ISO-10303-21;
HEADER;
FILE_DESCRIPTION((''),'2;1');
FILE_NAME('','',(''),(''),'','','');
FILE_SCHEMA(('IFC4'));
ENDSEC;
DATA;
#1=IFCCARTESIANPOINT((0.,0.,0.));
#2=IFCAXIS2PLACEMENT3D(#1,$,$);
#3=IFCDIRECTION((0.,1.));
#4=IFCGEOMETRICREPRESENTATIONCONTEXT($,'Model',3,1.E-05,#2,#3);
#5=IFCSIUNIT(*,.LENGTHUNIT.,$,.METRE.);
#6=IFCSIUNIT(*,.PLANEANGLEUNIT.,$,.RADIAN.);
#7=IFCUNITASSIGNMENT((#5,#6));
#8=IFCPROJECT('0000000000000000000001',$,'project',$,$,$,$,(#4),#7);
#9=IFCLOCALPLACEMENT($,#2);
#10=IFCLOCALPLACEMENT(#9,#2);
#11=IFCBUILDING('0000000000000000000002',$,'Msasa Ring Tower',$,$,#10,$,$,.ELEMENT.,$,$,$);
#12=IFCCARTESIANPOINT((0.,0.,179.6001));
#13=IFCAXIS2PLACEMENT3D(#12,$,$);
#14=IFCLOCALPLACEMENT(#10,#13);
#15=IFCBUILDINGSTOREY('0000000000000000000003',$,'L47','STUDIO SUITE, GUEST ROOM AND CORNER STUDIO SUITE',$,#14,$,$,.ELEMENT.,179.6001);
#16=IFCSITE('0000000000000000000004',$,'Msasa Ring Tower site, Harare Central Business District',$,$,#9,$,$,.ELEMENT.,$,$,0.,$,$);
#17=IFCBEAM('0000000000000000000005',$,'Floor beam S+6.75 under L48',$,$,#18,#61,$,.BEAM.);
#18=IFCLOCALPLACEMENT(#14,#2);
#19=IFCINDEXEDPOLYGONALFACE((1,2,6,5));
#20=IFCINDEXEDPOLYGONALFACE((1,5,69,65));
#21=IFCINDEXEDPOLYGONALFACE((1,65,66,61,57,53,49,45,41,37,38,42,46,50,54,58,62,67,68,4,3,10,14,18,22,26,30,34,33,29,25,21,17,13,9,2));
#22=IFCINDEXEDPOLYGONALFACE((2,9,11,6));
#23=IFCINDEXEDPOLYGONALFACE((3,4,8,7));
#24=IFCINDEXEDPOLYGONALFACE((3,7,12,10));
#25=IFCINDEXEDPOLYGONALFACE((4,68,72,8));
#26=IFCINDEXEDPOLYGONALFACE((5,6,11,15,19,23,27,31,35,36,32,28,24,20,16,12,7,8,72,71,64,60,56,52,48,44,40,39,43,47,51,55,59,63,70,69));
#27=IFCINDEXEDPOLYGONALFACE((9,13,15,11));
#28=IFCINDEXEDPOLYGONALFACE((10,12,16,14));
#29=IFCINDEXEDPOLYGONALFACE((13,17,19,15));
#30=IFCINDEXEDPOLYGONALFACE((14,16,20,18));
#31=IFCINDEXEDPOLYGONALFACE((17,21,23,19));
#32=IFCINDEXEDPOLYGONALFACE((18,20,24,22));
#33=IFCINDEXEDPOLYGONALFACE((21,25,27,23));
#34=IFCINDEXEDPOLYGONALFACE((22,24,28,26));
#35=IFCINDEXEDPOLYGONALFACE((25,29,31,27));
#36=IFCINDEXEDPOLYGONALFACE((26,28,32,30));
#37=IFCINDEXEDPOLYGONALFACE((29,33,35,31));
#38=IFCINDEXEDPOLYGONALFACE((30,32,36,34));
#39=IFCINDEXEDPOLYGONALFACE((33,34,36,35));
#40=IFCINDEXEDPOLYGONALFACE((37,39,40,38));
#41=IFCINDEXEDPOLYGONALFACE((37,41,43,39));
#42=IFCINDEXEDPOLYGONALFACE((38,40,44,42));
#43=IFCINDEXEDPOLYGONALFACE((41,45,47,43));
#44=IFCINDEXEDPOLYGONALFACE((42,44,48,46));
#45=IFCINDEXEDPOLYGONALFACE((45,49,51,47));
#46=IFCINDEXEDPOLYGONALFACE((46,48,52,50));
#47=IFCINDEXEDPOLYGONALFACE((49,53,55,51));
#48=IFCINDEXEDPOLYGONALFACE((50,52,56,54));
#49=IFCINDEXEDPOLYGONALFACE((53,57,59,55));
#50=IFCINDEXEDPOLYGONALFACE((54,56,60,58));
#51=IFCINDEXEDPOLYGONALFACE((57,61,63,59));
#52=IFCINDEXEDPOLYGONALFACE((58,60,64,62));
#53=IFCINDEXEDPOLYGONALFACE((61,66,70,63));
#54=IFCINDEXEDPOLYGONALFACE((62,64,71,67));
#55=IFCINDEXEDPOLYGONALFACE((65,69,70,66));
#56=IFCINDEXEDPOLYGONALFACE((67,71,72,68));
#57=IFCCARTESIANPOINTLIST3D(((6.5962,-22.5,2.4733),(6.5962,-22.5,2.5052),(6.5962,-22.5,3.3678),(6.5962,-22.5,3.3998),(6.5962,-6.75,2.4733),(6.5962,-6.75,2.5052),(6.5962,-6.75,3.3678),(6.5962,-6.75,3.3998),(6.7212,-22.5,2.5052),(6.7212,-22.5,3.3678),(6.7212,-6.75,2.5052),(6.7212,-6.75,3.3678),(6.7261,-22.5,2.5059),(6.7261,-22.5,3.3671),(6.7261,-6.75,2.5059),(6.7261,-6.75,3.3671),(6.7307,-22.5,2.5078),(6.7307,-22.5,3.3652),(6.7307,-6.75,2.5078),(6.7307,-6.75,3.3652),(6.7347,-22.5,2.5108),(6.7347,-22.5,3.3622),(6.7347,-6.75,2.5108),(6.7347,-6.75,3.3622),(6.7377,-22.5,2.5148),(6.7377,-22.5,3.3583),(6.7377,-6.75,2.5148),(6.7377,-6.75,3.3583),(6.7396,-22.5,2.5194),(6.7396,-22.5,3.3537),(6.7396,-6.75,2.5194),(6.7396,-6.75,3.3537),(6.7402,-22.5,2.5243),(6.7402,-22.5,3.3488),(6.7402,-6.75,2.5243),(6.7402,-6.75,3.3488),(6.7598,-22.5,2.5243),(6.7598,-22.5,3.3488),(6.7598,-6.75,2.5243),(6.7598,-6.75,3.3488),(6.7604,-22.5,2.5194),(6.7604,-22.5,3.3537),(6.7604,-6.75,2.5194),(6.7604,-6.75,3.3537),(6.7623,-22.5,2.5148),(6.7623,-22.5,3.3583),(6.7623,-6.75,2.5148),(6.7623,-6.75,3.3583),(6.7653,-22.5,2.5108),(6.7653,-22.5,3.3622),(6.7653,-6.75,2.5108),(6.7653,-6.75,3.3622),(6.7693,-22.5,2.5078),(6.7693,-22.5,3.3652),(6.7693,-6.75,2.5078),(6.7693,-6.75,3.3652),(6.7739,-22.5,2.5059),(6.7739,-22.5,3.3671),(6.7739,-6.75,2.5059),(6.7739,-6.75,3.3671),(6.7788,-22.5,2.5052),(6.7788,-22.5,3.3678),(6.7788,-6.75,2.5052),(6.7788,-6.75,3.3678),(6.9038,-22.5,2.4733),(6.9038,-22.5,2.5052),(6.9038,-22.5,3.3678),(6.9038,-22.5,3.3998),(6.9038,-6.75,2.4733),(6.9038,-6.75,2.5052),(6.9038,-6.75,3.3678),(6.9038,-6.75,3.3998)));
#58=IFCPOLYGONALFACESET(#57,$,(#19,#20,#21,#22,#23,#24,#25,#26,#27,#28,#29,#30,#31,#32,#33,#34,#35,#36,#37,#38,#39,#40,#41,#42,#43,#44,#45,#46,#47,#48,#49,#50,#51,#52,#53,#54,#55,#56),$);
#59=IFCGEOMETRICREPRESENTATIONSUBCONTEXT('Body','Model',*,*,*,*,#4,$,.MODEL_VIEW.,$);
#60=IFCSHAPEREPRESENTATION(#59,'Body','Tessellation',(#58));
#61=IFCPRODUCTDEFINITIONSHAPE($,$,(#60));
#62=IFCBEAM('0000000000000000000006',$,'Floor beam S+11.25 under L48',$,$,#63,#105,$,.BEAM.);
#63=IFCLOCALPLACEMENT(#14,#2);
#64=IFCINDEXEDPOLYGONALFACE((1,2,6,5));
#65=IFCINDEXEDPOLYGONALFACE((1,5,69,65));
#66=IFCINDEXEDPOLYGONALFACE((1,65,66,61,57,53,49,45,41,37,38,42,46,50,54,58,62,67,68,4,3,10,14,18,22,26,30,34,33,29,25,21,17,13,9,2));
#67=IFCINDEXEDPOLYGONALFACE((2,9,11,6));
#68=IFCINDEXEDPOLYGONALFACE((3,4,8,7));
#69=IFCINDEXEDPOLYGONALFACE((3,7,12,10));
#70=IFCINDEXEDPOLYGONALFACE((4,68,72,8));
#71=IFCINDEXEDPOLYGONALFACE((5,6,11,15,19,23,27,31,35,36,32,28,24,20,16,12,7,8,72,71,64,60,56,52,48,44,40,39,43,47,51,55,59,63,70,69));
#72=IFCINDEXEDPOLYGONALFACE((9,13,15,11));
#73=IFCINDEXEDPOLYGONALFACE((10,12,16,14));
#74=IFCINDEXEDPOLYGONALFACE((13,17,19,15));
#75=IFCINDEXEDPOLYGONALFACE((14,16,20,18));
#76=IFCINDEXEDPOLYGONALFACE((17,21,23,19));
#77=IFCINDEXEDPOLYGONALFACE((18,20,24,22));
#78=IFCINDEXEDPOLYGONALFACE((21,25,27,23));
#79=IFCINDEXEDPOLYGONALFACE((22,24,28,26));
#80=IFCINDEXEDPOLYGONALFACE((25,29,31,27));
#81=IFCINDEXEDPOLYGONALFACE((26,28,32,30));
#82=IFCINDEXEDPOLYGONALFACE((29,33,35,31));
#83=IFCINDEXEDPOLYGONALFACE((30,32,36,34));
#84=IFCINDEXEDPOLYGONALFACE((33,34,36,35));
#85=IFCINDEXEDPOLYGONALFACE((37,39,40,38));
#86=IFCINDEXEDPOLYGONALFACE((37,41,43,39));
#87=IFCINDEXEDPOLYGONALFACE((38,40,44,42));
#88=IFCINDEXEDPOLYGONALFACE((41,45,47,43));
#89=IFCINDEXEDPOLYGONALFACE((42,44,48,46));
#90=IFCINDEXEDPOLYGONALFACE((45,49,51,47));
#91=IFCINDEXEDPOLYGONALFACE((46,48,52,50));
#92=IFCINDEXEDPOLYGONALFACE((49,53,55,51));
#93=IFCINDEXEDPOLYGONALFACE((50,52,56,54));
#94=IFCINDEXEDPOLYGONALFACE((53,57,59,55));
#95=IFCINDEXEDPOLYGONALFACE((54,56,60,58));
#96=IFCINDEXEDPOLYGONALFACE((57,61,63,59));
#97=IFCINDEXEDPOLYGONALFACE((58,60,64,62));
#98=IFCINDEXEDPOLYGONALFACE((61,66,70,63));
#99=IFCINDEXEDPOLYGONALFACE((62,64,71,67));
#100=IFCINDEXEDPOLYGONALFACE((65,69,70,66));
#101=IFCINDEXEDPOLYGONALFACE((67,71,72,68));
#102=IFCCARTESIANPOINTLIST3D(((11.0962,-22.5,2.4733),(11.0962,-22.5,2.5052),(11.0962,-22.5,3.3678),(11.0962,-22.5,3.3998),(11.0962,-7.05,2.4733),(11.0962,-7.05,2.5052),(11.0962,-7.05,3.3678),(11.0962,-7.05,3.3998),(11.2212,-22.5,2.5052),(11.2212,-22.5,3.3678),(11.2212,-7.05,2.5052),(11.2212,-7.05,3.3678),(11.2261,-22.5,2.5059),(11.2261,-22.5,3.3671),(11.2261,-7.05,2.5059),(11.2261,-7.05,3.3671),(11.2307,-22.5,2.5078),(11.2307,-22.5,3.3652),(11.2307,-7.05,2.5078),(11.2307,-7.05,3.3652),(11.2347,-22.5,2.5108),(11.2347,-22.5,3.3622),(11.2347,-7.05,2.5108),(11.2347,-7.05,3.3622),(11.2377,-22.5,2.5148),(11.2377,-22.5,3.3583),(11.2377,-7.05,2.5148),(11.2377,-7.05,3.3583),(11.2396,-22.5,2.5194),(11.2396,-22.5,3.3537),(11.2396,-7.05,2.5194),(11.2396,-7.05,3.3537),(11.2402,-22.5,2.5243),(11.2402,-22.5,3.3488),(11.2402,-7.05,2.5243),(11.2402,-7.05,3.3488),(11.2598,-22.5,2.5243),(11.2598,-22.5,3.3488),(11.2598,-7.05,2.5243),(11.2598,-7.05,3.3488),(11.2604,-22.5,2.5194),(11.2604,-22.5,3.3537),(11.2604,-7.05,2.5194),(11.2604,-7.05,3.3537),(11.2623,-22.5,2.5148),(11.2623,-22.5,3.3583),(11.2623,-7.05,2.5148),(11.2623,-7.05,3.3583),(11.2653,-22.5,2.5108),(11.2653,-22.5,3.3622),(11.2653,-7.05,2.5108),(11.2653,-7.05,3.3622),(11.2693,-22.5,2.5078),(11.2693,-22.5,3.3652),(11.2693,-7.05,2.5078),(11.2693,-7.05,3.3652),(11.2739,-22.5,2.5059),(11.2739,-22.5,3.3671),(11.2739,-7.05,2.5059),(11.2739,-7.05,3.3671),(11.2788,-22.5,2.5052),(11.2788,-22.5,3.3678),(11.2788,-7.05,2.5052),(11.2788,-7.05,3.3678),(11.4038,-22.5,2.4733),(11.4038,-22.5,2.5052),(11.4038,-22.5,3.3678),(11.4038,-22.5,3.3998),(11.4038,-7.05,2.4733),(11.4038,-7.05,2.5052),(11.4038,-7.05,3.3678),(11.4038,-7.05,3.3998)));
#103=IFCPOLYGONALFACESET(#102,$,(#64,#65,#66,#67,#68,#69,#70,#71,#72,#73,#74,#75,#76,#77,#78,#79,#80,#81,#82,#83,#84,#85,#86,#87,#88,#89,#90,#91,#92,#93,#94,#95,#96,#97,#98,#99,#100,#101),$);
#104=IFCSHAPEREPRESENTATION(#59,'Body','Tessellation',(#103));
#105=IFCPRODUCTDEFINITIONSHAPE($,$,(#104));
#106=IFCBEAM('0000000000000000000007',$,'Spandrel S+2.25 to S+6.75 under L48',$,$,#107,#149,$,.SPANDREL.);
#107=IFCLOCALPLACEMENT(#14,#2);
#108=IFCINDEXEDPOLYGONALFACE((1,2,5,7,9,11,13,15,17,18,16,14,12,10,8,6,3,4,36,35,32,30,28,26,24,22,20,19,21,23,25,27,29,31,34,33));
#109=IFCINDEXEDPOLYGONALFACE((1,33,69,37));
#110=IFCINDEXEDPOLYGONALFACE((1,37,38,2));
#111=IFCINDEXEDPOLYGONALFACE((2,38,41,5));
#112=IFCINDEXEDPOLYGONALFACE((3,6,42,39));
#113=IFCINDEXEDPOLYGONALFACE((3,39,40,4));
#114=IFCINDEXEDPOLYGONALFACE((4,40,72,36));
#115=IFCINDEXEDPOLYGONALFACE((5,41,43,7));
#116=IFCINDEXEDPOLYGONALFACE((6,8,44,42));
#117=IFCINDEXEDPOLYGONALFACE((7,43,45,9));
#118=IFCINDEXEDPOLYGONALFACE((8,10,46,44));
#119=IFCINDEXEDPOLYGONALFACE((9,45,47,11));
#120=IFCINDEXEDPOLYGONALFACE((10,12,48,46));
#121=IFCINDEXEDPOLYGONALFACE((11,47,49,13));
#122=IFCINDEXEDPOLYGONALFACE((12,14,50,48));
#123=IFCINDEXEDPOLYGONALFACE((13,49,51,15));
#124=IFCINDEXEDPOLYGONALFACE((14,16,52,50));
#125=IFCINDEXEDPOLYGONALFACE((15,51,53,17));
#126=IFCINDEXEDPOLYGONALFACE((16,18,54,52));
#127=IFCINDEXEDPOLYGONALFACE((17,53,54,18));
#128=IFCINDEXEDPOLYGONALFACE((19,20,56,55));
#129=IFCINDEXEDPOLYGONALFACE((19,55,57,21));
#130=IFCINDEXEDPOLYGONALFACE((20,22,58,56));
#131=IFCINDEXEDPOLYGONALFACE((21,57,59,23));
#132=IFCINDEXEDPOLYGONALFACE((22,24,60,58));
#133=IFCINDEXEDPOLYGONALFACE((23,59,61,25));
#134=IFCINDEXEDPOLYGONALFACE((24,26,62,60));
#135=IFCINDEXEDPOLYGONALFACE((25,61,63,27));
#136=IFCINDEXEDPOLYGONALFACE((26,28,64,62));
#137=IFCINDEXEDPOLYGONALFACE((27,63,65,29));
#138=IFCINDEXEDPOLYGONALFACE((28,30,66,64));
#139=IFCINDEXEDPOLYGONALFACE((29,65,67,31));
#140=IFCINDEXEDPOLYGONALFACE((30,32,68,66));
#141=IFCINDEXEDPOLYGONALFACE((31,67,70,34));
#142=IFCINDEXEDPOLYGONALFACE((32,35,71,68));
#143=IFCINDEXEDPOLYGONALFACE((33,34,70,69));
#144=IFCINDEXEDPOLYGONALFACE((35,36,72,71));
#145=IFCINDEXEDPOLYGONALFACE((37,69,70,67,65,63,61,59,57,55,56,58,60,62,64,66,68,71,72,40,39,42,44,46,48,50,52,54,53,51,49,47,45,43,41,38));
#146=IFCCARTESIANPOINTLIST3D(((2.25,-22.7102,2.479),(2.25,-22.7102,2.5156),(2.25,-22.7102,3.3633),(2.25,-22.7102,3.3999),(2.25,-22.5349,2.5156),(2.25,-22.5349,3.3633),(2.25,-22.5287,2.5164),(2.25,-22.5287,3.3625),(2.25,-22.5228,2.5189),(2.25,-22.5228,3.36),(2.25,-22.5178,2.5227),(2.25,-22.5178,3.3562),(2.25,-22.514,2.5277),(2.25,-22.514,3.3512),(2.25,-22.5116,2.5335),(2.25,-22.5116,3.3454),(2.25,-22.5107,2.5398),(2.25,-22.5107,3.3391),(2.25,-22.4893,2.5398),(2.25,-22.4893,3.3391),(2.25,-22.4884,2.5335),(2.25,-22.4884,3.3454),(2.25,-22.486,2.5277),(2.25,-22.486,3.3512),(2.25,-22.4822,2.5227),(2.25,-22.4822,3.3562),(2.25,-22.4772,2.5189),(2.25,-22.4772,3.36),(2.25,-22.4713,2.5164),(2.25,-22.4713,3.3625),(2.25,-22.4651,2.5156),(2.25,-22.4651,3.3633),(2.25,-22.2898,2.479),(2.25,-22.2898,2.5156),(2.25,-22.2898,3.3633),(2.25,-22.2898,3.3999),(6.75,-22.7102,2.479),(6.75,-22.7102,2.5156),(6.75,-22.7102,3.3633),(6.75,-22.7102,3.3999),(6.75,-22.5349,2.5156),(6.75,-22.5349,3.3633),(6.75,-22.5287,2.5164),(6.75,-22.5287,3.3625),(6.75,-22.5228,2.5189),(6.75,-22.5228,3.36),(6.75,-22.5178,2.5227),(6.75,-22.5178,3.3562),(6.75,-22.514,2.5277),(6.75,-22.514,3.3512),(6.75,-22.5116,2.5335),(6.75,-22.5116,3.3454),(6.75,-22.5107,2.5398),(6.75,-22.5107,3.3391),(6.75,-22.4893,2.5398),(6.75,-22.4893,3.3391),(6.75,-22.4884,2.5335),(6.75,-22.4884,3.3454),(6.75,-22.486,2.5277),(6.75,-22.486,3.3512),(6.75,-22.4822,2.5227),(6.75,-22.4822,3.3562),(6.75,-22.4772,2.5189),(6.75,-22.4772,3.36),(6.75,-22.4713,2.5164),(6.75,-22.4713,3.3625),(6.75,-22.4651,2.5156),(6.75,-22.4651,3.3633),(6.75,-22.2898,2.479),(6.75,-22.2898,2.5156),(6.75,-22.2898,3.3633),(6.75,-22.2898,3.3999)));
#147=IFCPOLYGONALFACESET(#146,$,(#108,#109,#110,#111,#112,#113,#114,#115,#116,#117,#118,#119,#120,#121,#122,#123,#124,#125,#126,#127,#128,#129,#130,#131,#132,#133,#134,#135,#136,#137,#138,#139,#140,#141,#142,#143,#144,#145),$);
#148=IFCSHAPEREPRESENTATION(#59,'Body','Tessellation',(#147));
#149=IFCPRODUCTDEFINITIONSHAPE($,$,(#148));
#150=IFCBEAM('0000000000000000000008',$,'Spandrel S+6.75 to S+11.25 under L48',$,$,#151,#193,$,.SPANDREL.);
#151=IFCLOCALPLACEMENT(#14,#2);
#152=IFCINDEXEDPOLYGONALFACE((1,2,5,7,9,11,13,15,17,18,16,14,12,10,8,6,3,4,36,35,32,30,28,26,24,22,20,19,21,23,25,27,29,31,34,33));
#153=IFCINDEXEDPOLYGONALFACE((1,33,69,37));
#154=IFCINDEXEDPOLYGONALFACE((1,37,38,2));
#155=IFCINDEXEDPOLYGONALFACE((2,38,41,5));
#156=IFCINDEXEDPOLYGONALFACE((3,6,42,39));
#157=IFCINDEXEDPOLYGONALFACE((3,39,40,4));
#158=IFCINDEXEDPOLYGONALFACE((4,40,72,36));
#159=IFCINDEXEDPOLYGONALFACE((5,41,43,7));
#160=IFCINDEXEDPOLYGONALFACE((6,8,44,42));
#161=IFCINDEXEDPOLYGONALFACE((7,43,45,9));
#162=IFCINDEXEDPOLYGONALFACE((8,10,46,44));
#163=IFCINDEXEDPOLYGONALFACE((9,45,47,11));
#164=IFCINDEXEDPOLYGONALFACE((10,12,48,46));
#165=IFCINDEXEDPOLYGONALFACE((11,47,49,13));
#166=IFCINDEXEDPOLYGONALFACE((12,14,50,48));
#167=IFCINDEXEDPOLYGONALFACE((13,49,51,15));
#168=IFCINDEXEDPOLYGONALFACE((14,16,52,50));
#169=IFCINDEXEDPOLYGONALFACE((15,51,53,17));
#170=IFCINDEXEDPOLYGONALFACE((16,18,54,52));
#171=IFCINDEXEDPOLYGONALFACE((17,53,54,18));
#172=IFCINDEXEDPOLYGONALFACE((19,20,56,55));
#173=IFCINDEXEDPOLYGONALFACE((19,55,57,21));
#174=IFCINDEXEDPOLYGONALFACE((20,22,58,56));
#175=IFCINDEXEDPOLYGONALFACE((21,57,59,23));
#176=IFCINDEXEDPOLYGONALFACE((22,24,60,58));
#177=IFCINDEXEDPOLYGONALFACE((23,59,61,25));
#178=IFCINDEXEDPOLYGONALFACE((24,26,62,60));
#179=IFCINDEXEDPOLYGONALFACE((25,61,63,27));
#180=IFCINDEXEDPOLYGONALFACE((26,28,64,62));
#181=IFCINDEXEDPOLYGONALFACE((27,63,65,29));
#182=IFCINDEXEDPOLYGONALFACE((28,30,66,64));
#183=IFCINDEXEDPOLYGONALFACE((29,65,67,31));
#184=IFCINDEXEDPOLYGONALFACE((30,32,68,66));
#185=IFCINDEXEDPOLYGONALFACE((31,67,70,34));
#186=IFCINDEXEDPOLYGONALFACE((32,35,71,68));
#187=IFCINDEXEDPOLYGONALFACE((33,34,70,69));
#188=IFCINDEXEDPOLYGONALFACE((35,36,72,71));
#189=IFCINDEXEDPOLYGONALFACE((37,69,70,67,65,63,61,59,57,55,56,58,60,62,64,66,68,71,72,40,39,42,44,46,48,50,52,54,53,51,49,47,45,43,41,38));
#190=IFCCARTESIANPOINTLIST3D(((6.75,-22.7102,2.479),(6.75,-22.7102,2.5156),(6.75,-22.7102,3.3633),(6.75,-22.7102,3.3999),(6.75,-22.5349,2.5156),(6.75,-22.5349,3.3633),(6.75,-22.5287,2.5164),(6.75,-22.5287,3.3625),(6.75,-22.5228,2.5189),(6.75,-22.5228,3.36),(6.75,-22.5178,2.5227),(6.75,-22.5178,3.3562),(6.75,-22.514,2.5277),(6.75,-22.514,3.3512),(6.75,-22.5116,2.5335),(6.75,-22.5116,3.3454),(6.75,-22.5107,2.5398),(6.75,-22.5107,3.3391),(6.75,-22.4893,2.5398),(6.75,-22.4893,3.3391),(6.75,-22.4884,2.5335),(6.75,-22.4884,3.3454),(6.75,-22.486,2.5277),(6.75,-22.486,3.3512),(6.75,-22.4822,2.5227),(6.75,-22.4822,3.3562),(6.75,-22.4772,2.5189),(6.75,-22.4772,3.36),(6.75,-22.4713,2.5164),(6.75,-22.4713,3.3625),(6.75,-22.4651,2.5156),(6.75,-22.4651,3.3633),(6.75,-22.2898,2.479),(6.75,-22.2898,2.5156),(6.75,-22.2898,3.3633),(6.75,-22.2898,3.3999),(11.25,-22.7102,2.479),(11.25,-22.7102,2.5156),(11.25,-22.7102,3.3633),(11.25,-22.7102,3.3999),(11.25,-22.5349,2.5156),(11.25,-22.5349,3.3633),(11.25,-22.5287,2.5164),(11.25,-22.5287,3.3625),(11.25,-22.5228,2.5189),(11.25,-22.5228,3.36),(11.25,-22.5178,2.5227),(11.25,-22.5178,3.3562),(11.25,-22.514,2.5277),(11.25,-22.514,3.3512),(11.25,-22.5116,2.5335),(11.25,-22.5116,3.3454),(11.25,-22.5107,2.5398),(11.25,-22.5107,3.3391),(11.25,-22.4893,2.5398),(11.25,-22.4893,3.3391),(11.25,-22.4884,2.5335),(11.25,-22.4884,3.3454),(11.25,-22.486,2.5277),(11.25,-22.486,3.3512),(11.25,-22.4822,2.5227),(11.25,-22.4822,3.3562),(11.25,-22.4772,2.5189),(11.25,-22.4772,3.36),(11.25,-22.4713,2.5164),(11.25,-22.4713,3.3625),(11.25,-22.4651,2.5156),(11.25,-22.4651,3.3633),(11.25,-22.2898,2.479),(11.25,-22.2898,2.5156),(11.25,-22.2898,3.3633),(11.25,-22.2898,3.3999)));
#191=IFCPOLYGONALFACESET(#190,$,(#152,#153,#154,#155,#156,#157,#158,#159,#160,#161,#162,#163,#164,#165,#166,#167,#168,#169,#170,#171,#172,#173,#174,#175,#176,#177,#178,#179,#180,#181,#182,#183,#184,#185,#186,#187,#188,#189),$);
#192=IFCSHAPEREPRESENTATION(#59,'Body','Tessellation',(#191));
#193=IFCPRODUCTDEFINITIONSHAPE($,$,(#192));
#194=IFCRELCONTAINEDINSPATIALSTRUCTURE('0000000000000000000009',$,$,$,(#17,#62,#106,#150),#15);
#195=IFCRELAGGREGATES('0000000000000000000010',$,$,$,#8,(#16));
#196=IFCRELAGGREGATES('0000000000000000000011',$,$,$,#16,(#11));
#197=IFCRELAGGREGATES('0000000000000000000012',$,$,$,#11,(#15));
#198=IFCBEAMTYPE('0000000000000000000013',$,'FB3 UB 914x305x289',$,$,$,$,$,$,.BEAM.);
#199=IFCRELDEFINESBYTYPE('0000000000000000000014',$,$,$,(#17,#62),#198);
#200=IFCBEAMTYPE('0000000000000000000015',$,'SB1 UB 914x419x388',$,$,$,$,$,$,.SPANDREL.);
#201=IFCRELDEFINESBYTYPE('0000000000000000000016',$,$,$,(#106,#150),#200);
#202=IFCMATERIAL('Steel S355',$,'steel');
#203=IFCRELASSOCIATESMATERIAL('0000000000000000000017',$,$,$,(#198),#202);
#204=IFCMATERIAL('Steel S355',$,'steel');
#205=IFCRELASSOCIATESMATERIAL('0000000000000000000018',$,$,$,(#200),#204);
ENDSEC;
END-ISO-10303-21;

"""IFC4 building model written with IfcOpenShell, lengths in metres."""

from ifc_helpers import new_model, si_unit, direction, frame, origin, origin_2d, place, context, subcontext, project, spatial, i_section, extrude, material, material_profile, profile_set, type_object, element, save


model = new_model("IFC4")

# Units and contexts
model_context = context("Model", 3, precision=1e-05, world=origin(), true_north=direction((0.0, 1.0)))
body_context = subcontext(model_context, "Body", "Model", "MODEL_VIEW")
ifc_project = project(units=[si_unit("LENGTHUNIT", "METRE"), si_unit("PLANEANGLEUNIT", "RADIAN")], contexts=[model_context])

# Site, building, storey
site_placement = place(None, origin())
site = spatial("IfcSite", under=ifc_project, at=site_placement, Name="Msasa Ring Tower site, Harare Central Business District", CompositionType="ELEMENT", RefElevation=0.0)
building_placement = place(site_placement, origin())
building = spatial("IfcBuilding", under=site, at=building_placement, Name="Msasa Ring Tower", CompositionType="ELEMENT")
storey_placement = place(building_placement, frame((0.0, 0.0, 179.6001)))
storey = spatial("IfcBuildingStorey", under=building, at=storey_placement, Name="L47", Description="STUDIO SUITE, GUEST ROOM AND CORNER STUDIO SUITE", CompositionType="ELEMENT", Elevation=179.6001)

# Beams
ifc_material_1 = material(Name="Steel S355", Category="steel")
ifc_material_profile_1 = material_profile(ifc_material_1, i_section(OverallWidth=0.3076, OverallDepth=0.9265, WebThickness=0.0195, FlangeThickness=0.032, FilletRadius=0.019, at=origin_2d()), Name="UB 914x305x289")
ifc_profile_set_1 = profile_set([ifc_material_profile_1], Name="Steel S355")
beam_type_1 = type_object("IfcBeamType", Name="FB3 UB 914x305x289", PredefinedType="BEAM", material=ifc_profile_set_1)
for number, where, z_axis, x_axis, name in (
    (1, (6.75, -22.5, 2.9365), (0.0, 1.0, 0.0), (-1.0, 0.0, 0.0), "Floor beam S+6.75 under L48"),
):
    element("IfcBeam", number, at=place(storey_placement, frame(where, z_axis=z_axis, x_axis=x_axis)), inside=storey, type_object=beam_type_1, Name=name, PredefinedType="BEAM", context=body_context, shape_type="SweptSolid", body=[
        extrude(i_section(OverallWidth=0.3076, OverallDepth=0.9265, WebThickness=0.0195, FlangeThickness=0.032, FilletRadius=0.019, at=origin_2d()), origin(), (0.0, 0.0, 1.0), 15.75),
    ])
beam_placement = place(storey_placement, frame((11.25, -22.5, 2.9365), z_axis=(0.0, 1.0, 0.0), x_axis=(-1.0, 0.0, 0.0)))
element("IfcBeam", 2, at=beam_placement, inside=storey, type_object=beam_type_1, Name="Floor beam S+11.25 under L48", PredefinedType="BEAM", context=body_context, shape_type="SweptSolid", body=[
    extrude(i_section(OverallWidth=0.3076, OverallDepth=0.9265, WebThickness=0.0195, FlangeThickness=0.032, FilletRadius=0.019, at=origin_2d()), origin(), (0.0, 0.0, 1.0), 15.45),
])
ifc_material_2 = material(Name="Steel S355", Category="steel")
ifc_material_profile_2 = material_profile(ifc_material_2, i_section(OverallWidth=0.4204, OverallDepth=0.9209, WebThickness=0.0215, FlangeThickness=0.0366, FilletRadius=0.0242, at=origin_2d()), Name="UB 914x419x388")
ifc_profile_set_2 = profile_set([ifc_material_profile_2], Name="Steel S355")
beam_type_2 = type_object("IfcBeamType", Name="SB1 UB 914x419x388", PredefinedType="SPANDREL", material=ifc_profile_set_2)
for number, where, z_axis, x_axis, name in (
    (3, (2.25, -22.5, 2.9395), (1.0, 0.0, 0.0), (0.0, 1.0, 0.0), "Spandrel S+2.25 to S+6.75 under L48"),
    (4, (6.75, -22.5, 2.9395), (1.0, 0.0, 0.0), (0.0, 1.0, 0.0), "Spandrel S+6.75 to S+11.25 under L48"),
):
    element("IfcBeam", number, at=place(storey_placement, frame(where, z_axis=z_axis, x_axis=x_axis)), inside=storey, type_object=beam_type_2, Name=name, PredefinedType="SPANDREL", context=body_context, shape_type="SweptSolid", body=[
        extrude(i_section(OverallWidth=0.4204, OverallDepth=0.9209, WebThickness=0.0215, FlangeThickness=0.0366, FilletRadius=0.0242, at=origin_2d()), origin(), (0.0, 0.0, 1.0), 4.5),
    ])

save(model, "model.ifc")
